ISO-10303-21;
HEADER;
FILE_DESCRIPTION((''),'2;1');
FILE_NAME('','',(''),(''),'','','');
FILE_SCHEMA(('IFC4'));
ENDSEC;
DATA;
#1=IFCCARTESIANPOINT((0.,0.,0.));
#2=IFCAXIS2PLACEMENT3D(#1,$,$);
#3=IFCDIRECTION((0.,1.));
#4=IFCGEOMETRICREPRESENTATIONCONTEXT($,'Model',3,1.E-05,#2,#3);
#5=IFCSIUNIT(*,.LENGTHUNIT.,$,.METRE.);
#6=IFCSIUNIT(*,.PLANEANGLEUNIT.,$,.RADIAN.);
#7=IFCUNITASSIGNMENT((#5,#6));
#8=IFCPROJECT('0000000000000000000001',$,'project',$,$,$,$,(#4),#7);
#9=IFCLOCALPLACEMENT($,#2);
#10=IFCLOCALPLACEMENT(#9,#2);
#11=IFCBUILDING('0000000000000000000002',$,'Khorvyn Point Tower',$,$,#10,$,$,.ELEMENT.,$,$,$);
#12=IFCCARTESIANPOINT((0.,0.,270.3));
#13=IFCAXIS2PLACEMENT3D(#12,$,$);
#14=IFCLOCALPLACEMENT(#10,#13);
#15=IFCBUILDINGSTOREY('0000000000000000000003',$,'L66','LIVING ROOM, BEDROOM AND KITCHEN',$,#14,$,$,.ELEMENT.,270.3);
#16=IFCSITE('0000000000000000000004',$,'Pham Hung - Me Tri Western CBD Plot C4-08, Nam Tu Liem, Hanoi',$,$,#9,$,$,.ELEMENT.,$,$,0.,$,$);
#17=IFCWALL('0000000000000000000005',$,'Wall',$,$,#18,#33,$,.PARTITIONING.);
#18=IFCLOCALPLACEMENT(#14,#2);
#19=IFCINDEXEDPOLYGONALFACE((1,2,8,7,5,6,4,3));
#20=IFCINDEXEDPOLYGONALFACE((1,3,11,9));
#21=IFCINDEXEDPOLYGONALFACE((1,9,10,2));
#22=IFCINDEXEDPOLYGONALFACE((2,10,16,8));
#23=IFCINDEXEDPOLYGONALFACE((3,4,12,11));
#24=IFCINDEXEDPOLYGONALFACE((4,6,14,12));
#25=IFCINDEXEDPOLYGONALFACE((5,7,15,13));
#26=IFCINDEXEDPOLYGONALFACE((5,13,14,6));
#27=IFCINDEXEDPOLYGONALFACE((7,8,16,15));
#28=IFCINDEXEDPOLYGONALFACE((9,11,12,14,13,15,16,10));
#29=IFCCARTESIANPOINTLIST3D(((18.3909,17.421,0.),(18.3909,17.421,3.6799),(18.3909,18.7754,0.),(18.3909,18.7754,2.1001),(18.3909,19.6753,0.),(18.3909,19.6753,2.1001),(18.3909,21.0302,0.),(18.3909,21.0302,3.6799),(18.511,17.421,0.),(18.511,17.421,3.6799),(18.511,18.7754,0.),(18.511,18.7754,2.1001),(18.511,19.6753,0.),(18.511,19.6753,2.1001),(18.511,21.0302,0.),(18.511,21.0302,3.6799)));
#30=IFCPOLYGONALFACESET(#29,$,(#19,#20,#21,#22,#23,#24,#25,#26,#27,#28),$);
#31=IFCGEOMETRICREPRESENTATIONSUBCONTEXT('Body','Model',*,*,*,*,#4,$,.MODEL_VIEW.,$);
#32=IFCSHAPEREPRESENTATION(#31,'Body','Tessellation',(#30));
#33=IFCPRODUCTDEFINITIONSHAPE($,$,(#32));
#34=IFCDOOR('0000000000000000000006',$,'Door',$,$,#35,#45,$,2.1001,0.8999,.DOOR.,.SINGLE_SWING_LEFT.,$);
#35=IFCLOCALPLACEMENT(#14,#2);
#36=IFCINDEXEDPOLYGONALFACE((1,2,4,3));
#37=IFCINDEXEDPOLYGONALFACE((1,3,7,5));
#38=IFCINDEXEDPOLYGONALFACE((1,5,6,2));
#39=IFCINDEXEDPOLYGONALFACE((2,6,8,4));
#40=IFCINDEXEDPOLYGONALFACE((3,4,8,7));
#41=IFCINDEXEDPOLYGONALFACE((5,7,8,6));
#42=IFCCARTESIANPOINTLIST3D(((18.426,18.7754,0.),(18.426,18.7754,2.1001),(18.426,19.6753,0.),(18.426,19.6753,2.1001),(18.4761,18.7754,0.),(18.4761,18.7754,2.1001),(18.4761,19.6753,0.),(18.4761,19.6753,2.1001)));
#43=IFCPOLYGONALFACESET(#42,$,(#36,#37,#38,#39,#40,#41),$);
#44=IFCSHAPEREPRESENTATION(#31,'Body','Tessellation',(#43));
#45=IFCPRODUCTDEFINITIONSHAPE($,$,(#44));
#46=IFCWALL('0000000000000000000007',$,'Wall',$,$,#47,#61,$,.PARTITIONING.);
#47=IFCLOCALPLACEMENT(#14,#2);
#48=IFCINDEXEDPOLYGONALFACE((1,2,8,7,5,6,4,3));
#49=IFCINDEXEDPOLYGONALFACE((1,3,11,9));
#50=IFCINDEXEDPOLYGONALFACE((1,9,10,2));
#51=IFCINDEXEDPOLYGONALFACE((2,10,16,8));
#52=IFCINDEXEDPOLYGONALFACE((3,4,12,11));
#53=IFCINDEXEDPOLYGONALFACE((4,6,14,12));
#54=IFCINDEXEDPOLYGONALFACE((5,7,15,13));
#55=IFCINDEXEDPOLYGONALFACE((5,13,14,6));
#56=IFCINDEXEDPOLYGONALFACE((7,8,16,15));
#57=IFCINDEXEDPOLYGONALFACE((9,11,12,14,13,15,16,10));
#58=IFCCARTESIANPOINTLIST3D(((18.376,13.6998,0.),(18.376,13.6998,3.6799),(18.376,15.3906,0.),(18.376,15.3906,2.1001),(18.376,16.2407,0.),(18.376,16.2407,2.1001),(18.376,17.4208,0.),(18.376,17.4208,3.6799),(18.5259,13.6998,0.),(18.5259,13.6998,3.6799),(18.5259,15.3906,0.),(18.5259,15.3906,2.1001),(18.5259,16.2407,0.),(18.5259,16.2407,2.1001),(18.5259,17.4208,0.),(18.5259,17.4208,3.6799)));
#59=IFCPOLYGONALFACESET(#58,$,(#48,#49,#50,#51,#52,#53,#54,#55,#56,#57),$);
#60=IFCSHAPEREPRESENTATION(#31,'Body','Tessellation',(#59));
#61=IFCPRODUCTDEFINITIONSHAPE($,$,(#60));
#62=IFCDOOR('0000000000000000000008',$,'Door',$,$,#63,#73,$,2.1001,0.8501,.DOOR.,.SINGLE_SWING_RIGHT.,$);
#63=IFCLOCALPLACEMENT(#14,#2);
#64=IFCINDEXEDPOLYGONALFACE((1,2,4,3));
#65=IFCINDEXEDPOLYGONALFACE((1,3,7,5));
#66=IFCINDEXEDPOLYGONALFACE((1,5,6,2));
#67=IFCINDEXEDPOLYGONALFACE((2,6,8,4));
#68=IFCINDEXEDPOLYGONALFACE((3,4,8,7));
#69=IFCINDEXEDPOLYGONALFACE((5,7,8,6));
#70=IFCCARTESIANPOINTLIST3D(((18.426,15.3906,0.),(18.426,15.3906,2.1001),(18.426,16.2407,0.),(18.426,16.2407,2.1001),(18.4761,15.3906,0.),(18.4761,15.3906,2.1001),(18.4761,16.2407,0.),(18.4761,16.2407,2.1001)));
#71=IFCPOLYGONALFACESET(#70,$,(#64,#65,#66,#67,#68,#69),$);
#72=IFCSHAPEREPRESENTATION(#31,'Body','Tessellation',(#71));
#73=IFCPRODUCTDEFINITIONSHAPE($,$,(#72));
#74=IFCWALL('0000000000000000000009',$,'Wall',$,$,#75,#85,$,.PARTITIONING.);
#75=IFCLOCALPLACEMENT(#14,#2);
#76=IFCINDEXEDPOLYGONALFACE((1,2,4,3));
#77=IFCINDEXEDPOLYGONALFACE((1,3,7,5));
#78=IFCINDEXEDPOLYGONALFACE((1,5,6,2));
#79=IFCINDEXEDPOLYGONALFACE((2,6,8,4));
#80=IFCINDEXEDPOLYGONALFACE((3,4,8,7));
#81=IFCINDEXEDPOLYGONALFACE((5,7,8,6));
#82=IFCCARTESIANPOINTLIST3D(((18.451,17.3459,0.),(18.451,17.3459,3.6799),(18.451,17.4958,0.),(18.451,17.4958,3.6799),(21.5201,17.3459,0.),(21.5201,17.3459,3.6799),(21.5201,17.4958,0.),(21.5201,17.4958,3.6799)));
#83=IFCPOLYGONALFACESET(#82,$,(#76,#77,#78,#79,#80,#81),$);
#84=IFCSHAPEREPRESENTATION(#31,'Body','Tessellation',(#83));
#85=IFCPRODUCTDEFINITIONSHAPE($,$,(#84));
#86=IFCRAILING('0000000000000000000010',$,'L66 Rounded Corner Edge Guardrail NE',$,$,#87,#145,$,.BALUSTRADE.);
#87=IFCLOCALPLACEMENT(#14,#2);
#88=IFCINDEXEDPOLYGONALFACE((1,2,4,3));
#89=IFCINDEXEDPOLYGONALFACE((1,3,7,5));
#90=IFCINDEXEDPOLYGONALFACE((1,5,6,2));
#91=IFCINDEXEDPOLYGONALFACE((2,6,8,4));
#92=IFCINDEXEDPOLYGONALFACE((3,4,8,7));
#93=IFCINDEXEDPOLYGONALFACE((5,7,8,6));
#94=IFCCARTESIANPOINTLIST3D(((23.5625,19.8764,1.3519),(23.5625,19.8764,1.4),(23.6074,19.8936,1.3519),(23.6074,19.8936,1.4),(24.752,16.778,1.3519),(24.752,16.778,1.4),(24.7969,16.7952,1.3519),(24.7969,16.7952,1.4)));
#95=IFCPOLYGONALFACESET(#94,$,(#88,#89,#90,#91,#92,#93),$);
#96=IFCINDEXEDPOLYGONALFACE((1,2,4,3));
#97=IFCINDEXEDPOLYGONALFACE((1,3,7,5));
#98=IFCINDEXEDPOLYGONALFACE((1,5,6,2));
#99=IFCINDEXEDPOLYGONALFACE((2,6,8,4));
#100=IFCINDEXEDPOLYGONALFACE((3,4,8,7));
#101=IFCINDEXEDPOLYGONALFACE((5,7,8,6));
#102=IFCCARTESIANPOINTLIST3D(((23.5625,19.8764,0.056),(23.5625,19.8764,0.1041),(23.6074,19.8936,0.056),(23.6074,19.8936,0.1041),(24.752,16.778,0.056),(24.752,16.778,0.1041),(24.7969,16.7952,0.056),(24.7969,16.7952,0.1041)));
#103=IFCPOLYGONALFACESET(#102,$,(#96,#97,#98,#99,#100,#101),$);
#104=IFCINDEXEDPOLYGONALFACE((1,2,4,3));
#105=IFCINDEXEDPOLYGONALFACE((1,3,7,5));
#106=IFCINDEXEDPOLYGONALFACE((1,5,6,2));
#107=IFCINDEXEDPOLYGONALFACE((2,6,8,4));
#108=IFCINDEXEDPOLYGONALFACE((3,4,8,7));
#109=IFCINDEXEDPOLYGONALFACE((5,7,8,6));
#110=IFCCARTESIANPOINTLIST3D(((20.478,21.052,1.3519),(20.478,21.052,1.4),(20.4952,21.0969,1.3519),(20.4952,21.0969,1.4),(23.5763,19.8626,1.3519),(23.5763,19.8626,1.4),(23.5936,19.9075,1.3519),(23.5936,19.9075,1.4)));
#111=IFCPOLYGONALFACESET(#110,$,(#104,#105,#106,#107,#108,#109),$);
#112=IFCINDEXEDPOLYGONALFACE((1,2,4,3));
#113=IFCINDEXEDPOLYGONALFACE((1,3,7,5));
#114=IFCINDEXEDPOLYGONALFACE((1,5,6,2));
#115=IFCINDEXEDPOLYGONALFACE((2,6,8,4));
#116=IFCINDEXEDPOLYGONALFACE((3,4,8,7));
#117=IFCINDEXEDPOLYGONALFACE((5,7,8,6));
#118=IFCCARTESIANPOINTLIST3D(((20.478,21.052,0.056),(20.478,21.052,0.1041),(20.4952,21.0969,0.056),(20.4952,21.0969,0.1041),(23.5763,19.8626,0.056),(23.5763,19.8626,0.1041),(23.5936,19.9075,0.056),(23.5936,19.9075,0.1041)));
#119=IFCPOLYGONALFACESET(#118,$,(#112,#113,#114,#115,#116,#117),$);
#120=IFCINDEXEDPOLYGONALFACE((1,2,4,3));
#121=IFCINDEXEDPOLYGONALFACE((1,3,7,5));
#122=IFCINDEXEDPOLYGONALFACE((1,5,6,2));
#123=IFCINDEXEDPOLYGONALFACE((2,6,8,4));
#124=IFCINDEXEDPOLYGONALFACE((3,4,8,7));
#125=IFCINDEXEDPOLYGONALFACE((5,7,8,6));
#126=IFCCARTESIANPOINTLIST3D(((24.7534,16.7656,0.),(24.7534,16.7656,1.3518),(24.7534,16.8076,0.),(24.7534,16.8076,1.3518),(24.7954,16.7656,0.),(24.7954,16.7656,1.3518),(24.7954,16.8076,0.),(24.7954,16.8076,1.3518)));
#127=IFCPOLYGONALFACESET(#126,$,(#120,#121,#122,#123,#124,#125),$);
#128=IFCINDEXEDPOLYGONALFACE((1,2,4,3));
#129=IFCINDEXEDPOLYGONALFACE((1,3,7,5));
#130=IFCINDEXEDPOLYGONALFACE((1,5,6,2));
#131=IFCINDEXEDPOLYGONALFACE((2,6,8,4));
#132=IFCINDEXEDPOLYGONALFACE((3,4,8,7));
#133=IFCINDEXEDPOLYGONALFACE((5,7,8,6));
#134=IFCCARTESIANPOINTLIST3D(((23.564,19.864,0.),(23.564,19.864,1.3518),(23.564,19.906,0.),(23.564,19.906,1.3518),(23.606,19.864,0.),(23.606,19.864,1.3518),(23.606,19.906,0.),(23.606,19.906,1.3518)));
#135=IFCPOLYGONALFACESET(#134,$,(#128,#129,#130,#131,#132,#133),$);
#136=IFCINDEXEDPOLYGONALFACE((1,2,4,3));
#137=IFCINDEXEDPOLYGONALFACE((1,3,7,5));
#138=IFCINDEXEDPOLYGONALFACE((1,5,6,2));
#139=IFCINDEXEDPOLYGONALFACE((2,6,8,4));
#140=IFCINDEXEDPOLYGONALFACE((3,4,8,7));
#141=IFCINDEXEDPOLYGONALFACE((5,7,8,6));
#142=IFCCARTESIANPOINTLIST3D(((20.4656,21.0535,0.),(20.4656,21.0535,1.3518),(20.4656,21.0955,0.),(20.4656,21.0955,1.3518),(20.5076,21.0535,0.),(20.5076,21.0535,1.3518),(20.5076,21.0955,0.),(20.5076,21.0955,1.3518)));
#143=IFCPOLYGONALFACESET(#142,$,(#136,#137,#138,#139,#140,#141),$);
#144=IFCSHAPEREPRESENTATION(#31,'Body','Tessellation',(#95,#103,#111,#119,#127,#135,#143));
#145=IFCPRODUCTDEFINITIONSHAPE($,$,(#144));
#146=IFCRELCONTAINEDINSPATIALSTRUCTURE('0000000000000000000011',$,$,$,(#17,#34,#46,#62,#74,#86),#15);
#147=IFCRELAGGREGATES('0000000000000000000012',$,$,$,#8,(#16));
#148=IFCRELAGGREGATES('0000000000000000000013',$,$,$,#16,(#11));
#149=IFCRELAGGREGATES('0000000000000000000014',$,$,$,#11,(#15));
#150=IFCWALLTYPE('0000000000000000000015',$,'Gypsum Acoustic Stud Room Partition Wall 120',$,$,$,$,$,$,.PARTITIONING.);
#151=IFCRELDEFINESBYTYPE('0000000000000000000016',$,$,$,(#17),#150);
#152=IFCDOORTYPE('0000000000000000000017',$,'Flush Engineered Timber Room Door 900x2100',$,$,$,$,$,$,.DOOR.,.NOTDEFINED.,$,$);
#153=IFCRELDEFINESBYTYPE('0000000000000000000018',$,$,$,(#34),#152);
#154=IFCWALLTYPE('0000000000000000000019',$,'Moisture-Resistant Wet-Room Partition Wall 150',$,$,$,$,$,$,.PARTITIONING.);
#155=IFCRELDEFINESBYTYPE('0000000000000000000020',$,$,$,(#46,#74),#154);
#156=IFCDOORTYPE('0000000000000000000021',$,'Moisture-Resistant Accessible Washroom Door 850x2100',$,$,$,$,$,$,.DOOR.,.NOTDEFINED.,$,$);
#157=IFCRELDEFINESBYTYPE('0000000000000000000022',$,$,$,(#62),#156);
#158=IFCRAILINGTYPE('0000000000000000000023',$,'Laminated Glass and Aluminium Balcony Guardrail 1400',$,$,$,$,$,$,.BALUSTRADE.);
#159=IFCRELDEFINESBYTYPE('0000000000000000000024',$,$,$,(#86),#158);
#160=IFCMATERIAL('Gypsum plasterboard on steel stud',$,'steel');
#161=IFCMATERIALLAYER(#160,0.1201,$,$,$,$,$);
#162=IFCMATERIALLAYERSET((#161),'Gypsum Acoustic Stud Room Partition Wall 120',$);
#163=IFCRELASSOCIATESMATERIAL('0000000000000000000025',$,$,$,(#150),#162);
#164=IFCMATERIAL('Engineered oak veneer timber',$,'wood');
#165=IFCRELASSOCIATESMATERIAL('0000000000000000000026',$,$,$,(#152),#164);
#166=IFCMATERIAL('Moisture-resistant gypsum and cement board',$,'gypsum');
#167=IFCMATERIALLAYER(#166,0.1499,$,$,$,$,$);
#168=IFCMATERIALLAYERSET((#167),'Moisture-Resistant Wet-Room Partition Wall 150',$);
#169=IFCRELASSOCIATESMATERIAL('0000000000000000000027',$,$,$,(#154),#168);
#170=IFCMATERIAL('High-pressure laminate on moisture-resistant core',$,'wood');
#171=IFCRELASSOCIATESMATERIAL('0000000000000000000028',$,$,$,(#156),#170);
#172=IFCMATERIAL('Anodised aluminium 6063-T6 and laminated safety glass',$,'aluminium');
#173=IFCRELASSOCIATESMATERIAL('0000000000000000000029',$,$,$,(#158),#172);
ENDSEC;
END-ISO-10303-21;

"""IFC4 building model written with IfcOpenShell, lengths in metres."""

from ifc_helpers import new_model, si_unit, direction, frame, frame_2d, origin, origin_2d, place, context, subcontext, project, spatial, rectangle, extrude, material, layer, layer_set, type_object, element, fill, save


model = new_model("IFC4")

# Units and contexts
model_context = context("Model", 3, precision=1e-05, world=origin(), true_north=direction((0.0, 1.0)))
body_context = subcontext(model_context, "Body", "Model", "MODEL_VIEW")
ifc_project = project(units=[si_unit("LENGTHUNIT", "METRE"), si_unit("PLANEANGLEUNIT", "RADIAN")], contexts=[model_context])

# Site, building, storey
site_placement = place(None, origin())
site = spatial("IfcSite", under=ifc_project, at=site_placement, Name="Pham Hung - Me Tri Western CBD Plot C4-08, Nam Tu Liem, Hanoi", CompositionType="ELEMENT", RefElevation=0.0)
building_placement = place(site_placement, origin())
building = spatial("IfcBuilding", under=site, at=building_placement, Name="Khorvyn Point Tower", CompositionType="ELEMENT")
storey_placement = place(building_placement, frame((0.0, 0.0, 270.3)))
storey = spatial("IfcBuildingStorey", under=building, at=storey_placement, Name="L66", Description="LIVING ROOM, BEDROOM AND KITCHEN", CompositionType="ELEMENT", Elevation=270.3)

# Walls, openings, doors
ifc_material_1 = material(Name="Gypsum plasterboard on steel stud", Category="steel")
ifc_layer_1 = layer(ifc_material_1, 0.1201)
ifc_layer_set_1 = layer_set([ifc_layer_1], Name="Gypsum Acoustic Stud Room Partition Wall 120")
wall_type_1 = type_object("IfcWallType", Name="Gypsum Acoustic Stud Room Partition Wall 120", PredefinedType="PARTITIONING", material=ifc_layer_set_1)
ifc_material_2 = material(Name="Engineered oak veneer timber", Category="wood")
door_type_1 = type_object("IfcDoorType", Name="Flush Engineered Timber Room Door 900x2100", OperationType="NOTDEFINED", PredefinedType="DOOR", material=ifc_material_2)
wall_1_placement = place(storey_placement, frame((18.4509, 17.4209, 0.0), z_axis=(0.0, 0.0, 1.0), x_axis=(0.0, 1.0, 0.0)))
wall_1 = element("IfcWall", 1, at=wall_1_placement, inside=storey, type_object=wall_type_1, Name="Wall", PredefinedType="PARTITIONING", context=body_context, shape_type="SweptSolid", body=[
    extrude(rectangle(XDim=3.6091, YDim=0.1201, at=frame_2d((1.8047, 0.0))), origin(), (0.0, 0.0, 1.0), 3.6799),
])
opening_1_placement = place(wall_1_placement, frame((1.3545, 0.0, 0.0)))
opening_1 = element("IfcOpeningElement", 2, at=opening_1_placement, cuts=wall_1, PredefinedType="OPENING", context=body_context, shape_type="SweptSolid", body=[
    extrude(rectangle(XDim=0.8999, YDim=2.1001, at=frame_2d((0.45, 1.05))), frame((0.0, 0.0701, 0.0), z_axis=(0.0, -1.0, 0.0), x_axis=(1.0, 0.0, 0.0)), (0.0, 0.0, 1.0), 0.1401),
])
door_1_placement = place(opening_1_placement, origin())
door_1 = element("IfcDoor", 3, at=door_1_placement, inside=storey, type_object=door_type_1, Name="Door", OperationType="SINGLE_SWING_LEFT", OverallHeight=2.1001, OverallWidth=0.8999, PredefinedType="DOOR", context=body_context, shape_type="SweptSolid", body=[
    extrude(rectangle(XDim=0.8999, YDim=2.1001, at=frame_2d((0.45, 1.05))), frame((0.0, 0.0249, 0.0), z_axis=(0.0, -1.0, 0.0), x_axis=(1.0, 0.0, 0.0)), (0.0, 0.0, 1.0), 0.05),
])
fill(opening_1, door_1)
ifc_material_3 = material(Name="Moisture-resistant gypsum and cement board", Category="gypsum")
ifc_layer_2 = layer(ifc_material_3, 0.1499)
ifc_layer_set_2 = layer_set([ifc_layer_2], Name="Moisture-Resistant Wet-Room Partition Wall 150")
wall_type_2 = type_object("IfcWallType", Name="Moisture-Resistant Wet-Room Partition Wall 150", PredefinedType="PARTITIONING", material=ifc_layer_set_2)
wall_2_placement = place(storey_placement, frame((18.4509, 13.7, 0.0), z_axis=(0.0, 0.0, 1.0), x_axis=(0.0, 1.0, 0.0)))
wall_2 = element("IfcWall", 4, at=wall_2_placement, inside=storey, type_object=wall_type_2, Name="Wall", PredefinedType="PARTITIONING", context=body_context, shape_type="SweptSolid", body=[
    extrude(rectangle(XDim=3.7209, YDim=0.1499, at=frame_2d((1.8604, 0.0))), origin(), (0.0, 0.0, 1.0), 3.6799),
])
opening_2_placement = place(wall_2_placement, frame((1.6907, 0.0, 0.0)))
opening_2 = element("IfcOpeningElement", 5, at=opening_2_placement, cuts=wall_2, PredefinedType="OPENING", context=body_context, shape_type="SweptSolid", body=[
    extrude(rectangle(XDim=0.8501, YDim=2.1001, at=frame_2d((0.425, 1.05))), frame((0.0, 0.085, 0.0), z_axis=(0.0, -1.0, 0.0), x_axis=(1.0, 0.0, 0.0)), (0.0, 0.0, 1.0), 0.1699),
])
ifc_material_4 = material(Name="High-pressure laminate on moisture-resistant core", Category="wood")
door_type_2 = type_object("IfcDoorType", Name="Moisture-Resistant Accessible Washroom Door 850x2100", OperationType="NOTDEFINED", PredefinedType="DOOR", material=ifc_material_4)
door_2_placement = place(opening_2_placement, origin())
door_2 = element("IfcDoor", 6, at=door_2_placement, inside=storey, type_object=door_type_2, Name="Door", OperationType="SINGLE_SWING_RIGHT", OverallHeight=2.1001, OverallWidth=0.8501, PredefinedType="DOOR", context=body_context, shape_type="SweptSolid", body=[
    extrude(rectangle(XDim=0.8501, YDim=2.1001, at=frame_2d((0.425, 1.05))), frame((0.0, 0.0249, 0.0), z_axis=(0.0, -1.0, 0.0), x_axis=(1.0, 0.0, 0.0)), (0.0, 0.0, 1.0), 0.05),
])
fill(opening_2, door_2)

# Wall
wall_3_placement = place(storey_placement, frame((18.4509, 17.4209, 0.0), z_axis=(0.0, 0.0, 1.0), x_axis=(1.0, 0.0, 0.0)))
element("IfcWall", 7, at=wall_3_placement, inside=storey, type_object=wall_type_2, Name="Wall", PredefinedType="PARTITIONING", context=body_context, shape_type="SweptSolid", body=[
    extrude(rectangle(XDim=3.0691, YDim=0.1499, at=frame_2d((1.5347, 0.0))), origin(), (0.0, 0.0, 1.0), 3.6799),
])

# Railing
ifc_material_5 = material(Name="Anodised aluminium 6063-T6 and laminated safety glass", Category="aluminium")
railing_type = type_object("IfcRailingType", Name="Laminated Glass and Aluminium Balcony Guardrail 1400", PredefinedType="BALUSTRADE", material=ifc_material_5)
railing_1_placement = place(storey_placement, frame((24.7744, 16.7866, 0.0)))
element("IfcRailing", 8, at=railing_1_placement, inside=storey, type_object=railing_type, Name="L66 Rounded Corner Edge Guardrail NE", PredefinedType="BALUSTRADE", context=body_context, shape_type="SweptSolid", body=[
    extrude(rectangle(XDim=0.0481, YDim=0.0481, at=origin_2d()), frame((0.0, 0.0, 1.376), z_axis=(-0.358392, 0.933571, 0.0), x_axis=(-0.933571, -0.358392, 0.0)), (0.0, 0.0, 1.0), 3.3188),
    extrude(rectangle(XDim=0.0481, YDim=0.0481, at=origin_2d()), frame((0.0, 0.0, 0.0801), z_axis=(-0.358392, 0.933571, 0.0), x_axis=(-0.933571, -0.358392, 0.0)), (0.0, 0.0, 1.0), 3.3188),
    extrude(rectangle(XDim=0.0481, YDim=0.0481, at=origin_2d()), frame((-1.1895, 3.0984, 1.376), z_axis=(-0.933571, 0.358392, 0.0), x_axis=(-0.358392, -0.933571, 0.0)), (0.0, 0.0, 1.0), 3.3188),
    extrude(rectangle(XDim=0.0481, YDim=0.0481, at=origin_2d()), frame((-1.1895, 3.0984, 0.0801), z_axis=(-0.933571, 0.358392, 0.0), x_axis=(-0.358392, -0.933571, 0.0)), (0.0, 0.0, 1.0), 3.3188),
    extrude(rectangle(XDim=0.042, YDim=0.042, at=origin_2d()), origin(), (0.0, 0.0, 1.0), 1.3518),
    extrude(rectangle(XDim=0.042, YDim=0.042, at=origin_2d()), frame((-1.1895, 3.0984, 0.0)), (0.0, 0.0, 1.0), 1.3518),
    extrude(rectangle(XDim=0.042, YDim=0.042, at=origin_2d()), frame((-4.2878, 4.2878, 0.0)), (0.0, 0.0, 1.0), 1.3518),
])

save(model, "model.ifc")
